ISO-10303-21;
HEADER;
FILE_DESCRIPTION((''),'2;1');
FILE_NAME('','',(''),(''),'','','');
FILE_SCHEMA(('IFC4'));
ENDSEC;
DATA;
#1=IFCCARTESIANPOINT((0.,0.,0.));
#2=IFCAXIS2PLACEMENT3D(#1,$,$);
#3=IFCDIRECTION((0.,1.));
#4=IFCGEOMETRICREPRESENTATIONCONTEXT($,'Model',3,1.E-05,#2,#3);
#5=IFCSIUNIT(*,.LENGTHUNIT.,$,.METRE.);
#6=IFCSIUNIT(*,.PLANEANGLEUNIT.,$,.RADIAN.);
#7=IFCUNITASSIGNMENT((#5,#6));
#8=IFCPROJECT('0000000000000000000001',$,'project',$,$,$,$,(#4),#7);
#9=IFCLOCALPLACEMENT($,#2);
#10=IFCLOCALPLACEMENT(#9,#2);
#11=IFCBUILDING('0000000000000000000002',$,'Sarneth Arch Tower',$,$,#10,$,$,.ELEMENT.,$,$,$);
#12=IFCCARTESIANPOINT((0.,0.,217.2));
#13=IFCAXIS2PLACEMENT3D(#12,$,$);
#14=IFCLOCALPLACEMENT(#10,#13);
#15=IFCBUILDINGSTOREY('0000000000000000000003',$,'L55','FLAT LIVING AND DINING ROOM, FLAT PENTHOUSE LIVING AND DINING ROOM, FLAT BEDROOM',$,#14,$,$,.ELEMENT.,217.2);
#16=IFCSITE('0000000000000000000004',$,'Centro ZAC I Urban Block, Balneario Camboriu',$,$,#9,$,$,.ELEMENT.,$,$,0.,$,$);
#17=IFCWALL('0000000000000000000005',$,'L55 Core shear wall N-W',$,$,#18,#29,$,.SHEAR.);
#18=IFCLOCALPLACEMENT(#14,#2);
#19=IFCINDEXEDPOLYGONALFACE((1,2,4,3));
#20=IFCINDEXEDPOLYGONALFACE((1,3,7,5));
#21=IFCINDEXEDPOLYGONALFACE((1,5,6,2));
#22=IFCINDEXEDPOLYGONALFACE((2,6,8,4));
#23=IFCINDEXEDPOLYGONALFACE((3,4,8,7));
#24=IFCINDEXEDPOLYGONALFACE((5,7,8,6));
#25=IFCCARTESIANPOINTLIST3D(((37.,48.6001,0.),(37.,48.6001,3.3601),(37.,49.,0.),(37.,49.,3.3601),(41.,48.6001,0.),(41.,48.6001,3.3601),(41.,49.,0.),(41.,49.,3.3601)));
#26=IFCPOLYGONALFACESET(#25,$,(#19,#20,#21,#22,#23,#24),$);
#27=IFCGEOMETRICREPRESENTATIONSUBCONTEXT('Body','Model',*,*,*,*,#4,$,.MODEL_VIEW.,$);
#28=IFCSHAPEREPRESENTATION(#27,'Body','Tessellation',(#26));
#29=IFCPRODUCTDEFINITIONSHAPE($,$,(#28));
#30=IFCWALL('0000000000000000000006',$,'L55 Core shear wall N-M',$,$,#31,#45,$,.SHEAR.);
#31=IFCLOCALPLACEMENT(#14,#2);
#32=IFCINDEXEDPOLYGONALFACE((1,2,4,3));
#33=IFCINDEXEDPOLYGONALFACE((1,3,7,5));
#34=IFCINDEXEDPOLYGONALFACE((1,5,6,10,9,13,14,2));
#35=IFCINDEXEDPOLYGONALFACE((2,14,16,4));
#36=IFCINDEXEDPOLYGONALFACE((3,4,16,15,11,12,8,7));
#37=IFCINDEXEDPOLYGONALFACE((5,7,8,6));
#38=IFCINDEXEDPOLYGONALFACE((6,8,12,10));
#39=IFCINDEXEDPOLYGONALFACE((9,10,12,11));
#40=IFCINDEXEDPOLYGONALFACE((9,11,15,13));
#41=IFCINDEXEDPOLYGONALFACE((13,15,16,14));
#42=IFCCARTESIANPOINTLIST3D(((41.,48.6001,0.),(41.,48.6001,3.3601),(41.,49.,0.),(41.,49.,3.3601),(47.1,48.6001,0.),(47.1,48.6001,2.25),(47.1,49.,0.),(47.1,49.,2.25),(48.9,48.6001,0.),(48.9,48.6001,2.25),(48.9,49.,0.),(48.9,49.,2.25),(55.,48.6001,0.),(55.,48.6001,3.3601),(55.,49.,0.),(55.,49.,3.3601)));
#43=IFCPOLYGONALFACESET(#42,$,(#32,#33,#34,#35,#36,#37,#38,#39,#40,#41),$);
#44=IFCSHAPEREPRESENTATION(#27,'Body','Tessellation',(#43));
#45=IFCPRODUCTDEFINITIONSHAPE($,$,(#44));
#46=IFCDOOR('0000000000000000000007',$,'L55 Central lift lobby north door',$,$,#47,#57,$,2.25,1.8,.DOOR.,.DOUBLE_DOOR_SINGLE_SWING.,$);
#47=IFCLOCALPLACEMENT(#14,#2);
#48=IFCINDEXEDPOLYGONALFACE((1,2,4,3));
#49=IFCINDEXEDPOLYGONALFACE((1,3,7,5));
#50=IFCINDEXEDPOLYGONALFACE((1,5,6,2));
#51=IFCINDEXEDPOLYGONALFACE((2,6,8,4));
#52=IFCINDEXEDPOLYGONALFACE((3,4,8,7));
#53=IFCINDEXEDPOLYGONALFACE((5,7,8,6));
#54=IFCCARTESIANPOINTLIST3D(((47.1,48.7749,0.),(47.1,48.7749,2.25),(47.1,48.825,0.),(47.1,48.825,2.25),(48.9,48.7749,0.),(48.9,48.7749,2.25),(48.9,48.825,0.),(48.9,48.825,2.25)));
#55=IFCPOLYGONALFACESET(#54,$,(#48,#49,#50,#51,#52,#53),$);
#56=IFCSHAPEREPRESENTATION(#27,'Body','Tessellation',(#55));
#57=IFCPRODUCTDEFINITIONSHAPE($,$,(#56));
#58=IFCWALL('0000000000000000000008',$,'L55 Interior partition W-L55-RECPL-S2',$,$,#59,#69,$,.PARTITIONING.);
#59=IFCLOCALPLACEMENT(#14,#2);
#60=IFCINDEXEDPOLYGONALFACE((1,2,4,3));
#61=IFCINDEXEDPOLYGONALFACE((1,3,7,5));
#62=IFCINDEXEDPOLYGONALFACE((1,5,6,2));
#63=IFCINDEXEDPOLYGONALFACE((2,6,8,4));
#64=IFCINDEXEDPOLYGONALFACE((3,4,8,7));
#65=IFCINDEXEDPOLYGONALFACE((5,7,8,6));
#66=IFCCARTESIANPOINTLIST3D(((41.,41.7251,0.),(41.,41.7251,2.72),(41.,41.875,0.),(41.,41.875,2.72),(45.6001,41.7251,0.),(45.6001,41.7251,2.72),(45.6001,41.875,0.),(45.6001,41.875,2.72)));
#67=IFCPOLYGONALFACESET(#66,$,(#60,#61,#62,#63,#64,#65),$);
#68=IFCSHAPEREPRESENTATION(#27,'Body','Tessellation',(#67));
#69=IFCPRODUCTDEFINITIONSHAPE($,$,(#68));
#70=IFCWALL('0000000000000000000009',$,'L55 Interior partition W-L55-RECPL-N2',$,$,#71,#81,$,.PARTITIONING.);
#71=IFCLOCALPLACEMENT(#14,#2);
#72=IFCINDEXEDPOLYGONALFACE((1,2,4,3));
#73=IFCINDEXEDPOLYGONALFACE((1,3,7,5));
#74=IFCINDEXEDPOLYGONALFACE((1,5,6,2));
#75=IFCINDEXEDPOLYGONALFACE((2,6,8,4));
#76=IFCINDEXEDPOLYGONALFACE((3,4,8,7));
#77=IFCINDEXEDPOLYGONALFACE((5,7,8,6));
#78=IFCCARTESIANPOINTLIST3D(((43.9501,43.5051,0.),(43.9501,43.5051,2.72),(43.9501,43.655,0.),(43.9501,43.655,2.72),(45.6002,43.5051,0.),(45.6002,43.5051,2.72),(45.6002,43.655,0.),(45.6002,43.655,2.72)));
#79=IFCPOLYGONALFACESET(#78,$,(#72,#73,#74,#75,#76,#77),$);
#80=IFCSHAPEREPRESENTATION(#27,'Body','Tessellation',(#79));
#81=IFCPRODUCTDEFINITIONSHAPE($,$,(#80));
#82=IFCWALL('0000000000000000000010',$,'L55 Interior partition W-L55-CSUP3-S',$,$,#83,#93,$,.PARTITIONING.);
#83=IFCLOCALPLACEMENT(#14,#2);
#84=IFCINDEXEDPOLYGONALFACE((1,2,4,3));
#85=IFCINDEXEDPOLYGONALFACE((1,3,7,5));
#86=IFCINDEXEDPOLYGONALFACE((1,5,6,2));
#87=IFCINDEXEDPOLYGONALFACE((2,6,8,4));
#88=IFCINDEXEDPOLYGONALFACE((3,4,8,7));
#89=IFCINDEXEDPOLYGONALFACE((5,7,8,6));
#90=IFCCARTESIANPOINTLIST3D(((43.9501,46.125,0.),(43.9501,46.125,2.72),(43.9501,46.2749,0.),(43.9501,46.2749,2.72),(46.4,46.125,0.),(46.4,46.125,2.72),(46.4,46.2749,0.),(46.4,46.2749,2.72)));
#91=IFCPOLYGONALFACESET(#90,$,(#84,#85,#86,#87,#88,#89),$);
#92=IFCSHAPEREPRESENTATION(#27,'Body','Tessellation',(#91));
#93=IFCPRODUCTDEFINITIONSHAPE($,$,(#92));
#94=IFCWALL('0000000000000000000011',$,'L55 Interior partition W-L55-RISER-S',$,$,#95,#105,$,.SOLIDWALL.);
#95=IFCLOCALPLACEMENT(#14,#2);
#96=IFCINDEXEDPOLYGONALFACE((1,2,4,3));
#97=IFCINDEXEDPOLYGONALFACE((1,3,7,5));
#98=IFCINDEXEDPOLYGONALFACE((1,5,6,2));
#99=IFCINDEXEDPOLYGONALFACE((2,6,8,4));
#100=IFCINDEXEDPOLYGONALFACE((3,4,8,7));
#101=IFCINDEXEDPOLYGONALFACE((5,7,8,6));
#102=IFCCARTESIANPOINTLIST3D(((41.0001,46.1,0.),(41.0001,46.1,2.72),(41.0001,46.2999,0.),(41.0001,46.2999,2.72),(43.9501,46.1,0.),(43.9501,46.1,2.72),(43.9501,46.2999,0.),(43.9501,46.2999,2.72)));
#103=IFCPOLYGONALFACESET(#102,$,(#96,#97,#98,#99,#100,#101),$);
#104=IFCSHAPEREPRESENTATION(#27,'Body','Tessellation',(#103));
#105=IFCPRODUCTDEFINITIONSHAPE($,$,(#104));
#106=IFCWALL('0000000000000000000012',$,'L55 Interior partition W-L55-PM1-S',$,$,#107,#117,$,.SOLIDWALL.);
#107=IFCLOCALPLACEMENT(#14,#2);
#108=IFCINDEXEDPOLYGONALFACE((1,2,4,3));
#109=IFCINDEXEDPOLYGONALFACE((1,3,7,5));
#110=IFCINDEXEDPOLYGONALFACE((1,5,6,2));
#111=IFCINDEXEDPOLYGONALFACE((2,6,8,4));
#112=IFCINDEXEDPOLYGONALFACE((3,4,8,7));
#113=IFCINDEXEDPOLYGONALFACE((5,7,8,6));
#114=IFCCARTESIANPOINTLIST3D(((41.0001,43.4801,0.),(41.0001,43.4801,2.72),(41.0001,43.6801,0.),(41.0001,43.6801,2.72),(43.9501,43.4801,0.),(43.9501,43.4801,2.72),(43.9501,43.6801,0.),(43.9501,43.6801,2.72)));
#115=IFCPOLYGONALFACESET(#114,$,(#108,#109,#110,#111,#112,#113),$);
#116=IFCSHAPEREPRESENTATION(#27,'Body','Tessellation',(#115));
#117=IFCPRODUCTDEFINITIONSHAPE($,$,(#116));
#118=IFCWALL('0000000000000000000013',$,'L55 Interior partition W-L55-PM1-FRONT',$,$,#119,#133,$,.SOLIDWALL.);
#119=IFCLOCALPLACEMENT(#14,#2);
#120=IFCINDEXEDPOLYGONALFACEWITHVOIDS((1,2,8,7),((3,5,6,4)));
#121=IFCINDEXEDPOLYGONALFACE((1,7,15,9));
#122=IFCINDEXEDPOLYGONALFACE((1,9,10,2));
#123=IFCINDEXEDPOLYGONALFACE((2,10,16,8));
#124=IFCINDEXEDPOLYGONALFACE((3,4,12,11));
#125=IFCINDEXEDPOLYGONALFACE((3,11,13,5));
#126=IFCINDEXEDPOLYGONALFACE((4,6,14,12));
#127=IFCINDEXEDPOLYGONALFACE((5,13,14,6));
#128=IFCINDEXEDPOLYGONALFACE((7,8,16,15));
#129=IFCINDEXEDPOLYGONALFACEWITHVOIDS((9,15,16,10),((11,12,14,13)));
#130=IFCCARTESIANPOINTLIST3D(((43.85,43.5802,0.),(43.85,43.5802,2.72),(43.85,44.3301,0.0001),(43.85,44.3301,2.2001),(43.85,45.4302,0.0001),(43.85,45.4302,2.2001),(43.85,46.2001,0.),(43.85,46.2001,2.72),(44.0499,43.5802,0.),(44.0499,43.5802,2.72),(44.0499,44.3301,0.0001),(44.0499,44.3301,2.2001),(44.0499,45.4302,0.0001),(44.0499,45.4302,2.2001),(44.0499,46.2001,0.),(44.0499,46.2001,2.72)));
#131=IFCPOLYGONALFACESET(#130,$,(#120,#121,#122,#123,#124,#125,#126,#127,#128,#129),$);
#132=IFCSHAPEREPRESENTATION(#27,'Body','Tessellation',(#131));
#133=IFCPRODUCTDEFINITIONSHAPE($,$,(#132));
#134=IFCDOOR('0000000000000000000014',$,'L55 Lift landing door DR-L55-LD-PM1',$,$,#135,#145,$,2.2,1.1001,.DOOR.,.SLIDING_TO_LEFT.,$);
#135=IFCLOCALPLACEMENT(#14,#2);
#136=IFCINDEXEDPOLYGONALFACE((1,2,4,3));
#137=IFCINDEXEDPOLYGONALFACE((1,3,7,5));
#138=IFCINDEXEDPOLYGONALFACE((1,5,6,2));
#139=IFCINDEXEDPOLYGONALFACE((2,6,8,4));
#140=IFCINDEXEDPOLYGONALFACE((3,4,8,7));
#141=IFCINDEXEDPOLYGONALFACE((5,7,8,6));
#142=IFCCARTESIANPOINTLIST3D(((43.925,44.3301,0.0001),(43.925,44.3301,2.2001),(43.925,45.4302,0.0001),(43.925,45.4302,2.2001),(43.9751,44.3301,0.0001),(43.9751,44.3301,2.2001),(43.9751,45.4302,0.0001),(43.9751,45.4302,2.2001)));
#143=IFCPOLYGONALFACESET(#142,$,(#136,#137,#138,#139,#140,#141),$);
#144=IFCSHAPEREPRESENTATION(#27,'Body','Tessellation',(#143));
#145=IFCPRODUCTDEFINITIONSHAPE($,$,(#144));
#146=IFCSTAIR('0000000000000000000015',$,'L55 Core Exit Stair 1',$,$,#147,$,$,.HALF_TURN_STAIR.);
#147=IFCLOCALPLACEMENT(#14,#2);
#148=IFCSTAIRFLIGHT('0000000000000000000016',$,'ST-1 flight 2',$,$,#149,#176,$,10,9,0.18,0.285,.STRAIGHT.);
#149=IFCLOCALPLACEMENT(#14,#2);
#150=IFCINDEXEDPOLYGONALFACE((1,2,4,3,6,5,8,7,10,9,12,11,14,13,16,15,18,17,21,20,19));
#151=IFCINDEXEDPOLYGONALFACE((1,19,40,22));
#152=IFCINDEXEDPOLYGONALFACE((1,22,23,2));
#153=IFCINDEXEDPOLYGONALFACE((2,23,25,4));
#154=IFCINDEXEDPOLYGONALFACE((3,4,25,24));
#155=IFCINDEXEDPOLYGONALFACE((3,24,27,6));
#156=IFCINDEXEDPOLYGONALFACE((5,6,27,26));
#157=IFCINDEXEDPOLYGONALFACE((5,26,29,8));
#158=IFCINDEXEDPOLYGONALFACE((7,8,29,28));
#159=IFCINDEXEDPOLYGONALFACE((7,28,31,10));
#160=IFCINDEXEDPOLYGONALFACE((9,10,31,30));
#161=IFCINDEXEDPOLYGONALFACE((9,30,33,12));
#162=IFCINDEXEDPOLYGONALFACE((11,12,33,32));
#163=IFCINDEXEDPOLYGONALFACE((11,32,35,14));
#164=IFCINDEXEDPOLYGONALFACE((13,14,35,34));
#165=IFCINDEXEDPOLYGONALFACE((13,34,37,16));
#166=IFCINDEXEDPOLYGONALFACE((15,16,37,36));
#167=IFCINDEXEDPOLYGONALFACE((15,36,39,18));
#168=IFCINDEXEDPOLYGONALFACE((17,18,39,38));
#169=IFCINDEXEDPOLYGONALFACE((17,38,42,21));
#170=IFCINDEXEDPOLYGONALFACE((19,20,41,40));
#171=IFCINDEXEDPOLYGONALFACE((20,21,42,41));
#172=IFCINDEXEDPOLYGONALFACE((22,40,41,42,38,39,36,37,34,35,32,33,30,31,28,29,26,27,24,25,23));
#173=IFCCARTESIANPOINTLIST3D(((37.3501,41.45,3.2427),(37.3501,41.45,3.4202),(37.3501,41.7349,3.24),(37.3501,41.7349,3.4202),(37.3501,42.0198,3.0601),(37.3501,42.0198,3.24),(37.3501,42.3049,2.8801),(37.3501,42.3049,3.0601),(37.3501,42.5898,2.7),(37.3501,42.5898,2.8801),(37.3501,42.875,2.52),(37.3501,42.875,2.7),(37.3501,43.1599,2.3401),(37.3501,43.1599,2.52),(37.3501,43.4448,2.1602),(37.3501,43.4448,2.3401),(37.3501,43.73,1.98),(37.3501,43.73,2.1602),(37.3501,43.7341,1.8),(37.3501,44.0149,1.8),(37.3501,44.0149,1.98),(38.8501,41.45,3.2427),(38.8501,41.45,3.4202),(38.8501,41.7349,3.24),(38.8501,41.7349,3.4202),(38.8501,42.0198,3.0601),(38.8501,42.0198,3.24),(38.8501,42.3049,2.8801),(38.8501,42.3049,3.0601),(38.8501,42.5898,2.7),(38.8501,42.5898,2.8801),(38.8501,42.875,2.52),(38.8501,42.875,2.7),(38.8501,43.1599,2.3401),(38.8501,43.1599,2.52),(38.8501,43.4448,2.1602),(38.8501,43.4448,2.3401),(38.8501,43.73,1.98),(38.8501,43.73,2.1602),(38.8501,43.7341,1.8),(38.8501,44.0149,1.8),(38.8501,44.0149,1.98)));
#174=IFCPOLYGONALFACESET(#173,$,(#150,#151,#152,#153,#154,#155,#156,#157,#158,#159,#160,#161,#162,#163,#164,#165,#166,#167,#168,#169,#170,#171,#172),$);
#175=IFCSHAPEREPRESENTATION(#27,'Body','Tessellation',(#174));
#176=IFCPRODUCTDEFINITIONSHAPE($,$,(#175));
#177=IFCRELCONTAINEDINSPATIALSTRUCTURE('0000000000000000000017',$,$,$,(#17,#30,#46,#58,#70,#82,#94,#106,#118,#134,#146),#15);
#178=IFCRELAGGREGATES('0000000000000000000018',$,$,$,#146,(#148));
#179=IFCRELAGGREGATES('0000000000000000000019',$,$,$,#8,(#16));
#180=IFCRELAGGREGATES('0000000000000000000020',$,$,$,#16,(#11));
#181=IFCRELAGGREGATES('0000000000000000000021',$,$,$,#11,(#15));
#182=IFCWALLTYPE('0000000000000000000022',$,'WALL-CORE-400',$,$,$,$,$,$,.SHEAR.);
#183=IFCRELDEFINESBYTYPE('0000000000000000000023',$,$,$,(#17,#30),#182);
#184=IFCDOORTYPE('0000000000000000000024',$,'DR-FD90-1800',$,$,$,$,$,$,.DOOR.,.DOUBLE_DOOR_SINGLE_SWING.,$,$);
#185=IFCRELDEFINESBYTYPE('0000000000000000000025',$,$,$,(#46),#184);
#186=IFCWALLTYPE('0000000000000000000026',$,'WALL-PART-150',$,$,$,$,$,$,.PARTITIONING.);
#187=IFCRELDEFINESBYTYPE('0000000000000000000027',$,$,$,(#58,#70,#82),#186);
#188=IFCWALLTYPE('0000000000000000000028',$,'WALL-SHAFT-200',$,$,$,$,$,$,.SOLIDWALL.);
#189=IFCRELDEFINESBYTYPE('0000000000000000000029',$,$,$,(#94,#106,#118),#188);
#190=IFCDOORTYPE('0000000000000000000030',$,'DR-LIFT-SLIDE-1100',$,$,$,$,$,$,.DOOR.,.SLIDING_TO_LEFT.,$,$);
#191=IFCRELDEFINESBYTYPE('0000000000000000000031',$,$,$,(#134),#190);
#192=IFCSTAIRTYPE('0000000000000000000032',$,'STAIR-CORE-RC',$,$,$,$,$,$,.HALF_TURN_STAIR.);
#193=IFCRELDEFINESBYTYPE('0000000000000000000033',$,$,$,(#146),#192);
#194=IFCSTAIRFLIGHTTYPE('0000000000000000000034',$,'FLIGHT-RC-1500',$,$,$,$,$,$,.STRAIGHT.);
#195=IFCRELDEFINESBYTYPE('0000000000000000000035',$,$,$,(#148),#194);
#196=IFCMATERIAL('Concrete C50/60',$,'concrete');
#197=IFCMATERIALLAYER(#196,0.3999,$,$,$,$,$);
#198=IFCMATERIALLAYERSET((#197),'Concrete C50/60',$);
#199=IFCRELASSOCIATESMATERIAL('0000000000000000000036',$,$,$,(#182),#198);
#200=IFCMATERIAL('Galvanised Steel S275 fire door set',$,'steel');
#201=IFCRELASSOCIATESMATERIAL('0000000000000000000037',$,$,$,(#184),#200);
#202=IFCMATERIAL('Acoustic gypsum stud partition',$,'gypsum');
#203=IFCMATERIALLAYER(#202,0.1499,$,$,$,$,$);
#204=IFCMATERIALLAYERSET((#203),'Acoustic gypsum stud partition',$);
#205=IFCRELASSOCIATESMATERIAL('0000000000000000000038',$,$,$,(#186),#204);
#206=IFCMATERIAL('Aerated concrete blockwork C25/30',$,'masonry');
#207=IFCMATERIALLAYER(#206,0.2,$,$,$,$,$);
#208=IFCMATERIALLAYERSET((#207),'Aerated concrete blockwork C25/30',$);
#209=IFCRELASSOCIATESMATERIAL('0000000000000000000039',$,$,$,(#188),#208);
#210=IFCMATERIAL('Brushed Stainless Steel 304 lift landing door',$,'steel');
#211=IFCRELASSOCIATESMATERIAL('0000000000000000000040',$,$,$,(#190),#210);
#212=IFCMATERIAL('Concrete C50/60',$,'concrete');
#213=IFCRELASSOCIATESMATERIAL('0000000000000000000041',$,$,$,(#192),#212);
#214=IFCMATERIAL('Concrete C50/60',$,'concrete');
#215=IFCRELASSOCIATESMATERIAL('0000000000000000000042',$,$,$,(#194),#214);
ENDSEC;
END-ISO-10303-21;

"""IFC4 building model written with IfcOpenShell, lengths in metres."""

from ifc_helpers import new_model, si_unit, direction, frame, frame_2d, origin, place, context, subcontext, project, spatial, polyline, rectangle, outline, extrude, material, layer, layer_set, type_object, element, fill, aggregate, save


model = new_model("IFC4")

# Units and contexts
model_context = context("Model", 3, precision=1e-05, world=origin(), true_north=direction((0.0, 1.0)))
body_context = subcontext(model_context, "Body", "Model", "MODEL_VIEW")
ifc_project = project(units=[si_unit("LENGTHUNIT", "METRE"), si_unit("PLANEANGLEUNIT", "RADIAN")], contexts=[model_context])

# Site, building, storey
site_placement = place(None, origin())
site = spatial("IfcSite", under=ifc_project, at=site_placement, Name="Centro ZAC I Urban Block, Balneario Camboriu", CompositionType="ELEMENT", RefElevation=0.0)
building_placement = place(site_placement, origin())
building = spatial("IfcBuilding", under=site, at=building_placement, Name="Sarneth Arch Tower", CompositionType="ELEMENT")
storey_placement = place(building_placement, frame((0.0, 0.0, 217.2)))
storey = spatial("IfcBuildingStorey", under=building, at=storey_placement, Name="L55", Description="FLAT LIVING AND DINING ROOM, FLAT PENTHOUSE LIVING AND DINING ROOM, FLAT BEDROOM", CompositionType="ELEMENT", Elevation=217.2)

# Wall
ifc_material_1 = material(Name="Concrete C50/60", Category="concrete")
ifc_layer_1 = layer(ifc_material_1, 0.3999)
ifc_layer_set_1 = layer_set([ifc_layer_1], Name="Concrete C50/60")
wall_type_1 = type_object("IfcWallType", Name="WALL-CORE-400", PredefinedType="SHEAR", material=ifc_layer_set_1)
wall_1_placement = place(storey_placement, frame((37.0, 48.8, 0.0), z_axis=(0.0, 0.0, 1.0), x_axis=(1.0, 0.0, 0.0)))
element("IfcWall", 1, at=wall_1_placement, inside=storey, type_object=wall_type_1, Name="L55 Core shear wall N-W", PredefinedType="SHEAR", context=body_context, shape_type="SweptSolid", body=[
    extrude(rectangle(XDim=4.0, YDim=0.3999, at=frame_2d((2.0, 0.0))), origin(), (0.0, 0.0, 1.0), 3.3601),
])

# Wall, opening, door
wall_2_placement = place(storey_placement, frame((41.0, 48.8, 0.0), z_axis=(0.0, 0.0, 1.0), x_axis=(1.0, 0.0, 0.0)))
wall_2 = element("IfcWall", 2, at=wall_2_placement, inside=storey, type_object=wall_type_1, Name="L55 Core shear wall N-M", PredefinedType="SHEAR", context=body_context, shape_type="SweptSolid", body=[
    extrude(rectangle(XDim=14.0, YDim=0.3999, at=frame_2d((7.0, 0.0))), origin(), (0.0, 0.0, 1.0), 3.3601),
])
opening_1_placement = place(wall_2_placement, frame((6.1001, 0.0, 0.0)))
opening_1 = element("IfcOpeningElement", 3, at=opening_1_placement, cuts=wall_2, PredefinedType="OPENING", context=body_context, shape_type="SweptSolid", body=[
    extrude(rectangle(XDim=1.8, YDim=2.25, at=frame_2d((0.8999, 1.125))), frame((0.0, 0.21, 0.0), z_axis=(0.0, -1.0, 0.0), x_axis=(1.0, 0.0, 0.0)), (0.0, 0.0, 1.0), 0.4199),
])
ifc_material_2 = material(Name="Galvanised Steel S275 fire door set", Category="steel")
door_type_1 = type_object("IfcDoorType", Name="DR-FD90-1800", OperationType="DOUBLE_DOOR_SINGLE_SWING", PredefinedType="DOOR", material=ifc_material_2)
door_1_placement = place(opening_1_placement, origin())
door_1 = element("IfcDoor", 4, at=door_1_placement, inside=storey, type_object=door_type_1, Name="L55 Central lift lobby north door", OperationType="DOUBLE_DOOR_SINGLE_SWING", OverallHeight=2.25, OverallWidth=1.8, PredefinedType="DOOR", context=body_context, shape_type="SweptSolid", body=[
    extrude(rectangle(XDim=1.8, YDim=2.25, at=frame_2d((0.8999, 1.125))), frame((0.0, 0.0249, 0.0), z_axis=(0.0, -1.0, 0.0), x_axis=(1.0, 0.0, 0.0)), (0.0, 0.0, 1.0), 0.05),
])
fill(opening_1, door_1)

# Walls
ifc_material_3 = material(Name="Acoustic gypsum stud partition", Category="gypsum")
ifc_layer_2 = layer(ifc_material_3, 0.1499)
ifc_layer_set_2 = layer_set([ifc_layer_2], Name="Acoustic gypsum stud partition")
wall_type_2 = type_object("IfcWallType", Name="WALL-PART-150", PredefinedType="PARTITIONING", material=ifc_layer_set_2)
wall_3_placement = place(storey_placement, frame((41.0, 41.8, 0.0), z_axis=(0.0, 0.0, 1.0), x_axis=(1.0, 0.0, 0.0)))
element("IfcWall", 5, at=wall_3_placement, inside=storey, type_object=wall_type_2, Name="L55 Interior partition W-L55-RECPL-S2", PredefinedType="PARTITIONING", context=body_context, shape_type="SweptSolid", body=[
    extrude(rectangle(XDim=4.6001, YDim=0.1499, at=frame_2d((2.3, 0.0))), origin(), (0.0, 0.0, 1.0), 2.72),
])
wall_4_placement = place(storey_placement, frame((43.95, 43.5801, 0.0), z_axis=(0.0, 0.0, 1.0), x_axis=(1.0, 0.0, 0.0)))
element("IfcWall", 6, at=wall_4_placement, inside=storey, type_object=wall_type_2, Name="L55 Interior partition W-L55-RECPL-N2", PredefinedType="PARTITIONING", context=body_context, shape_type="SweptSolid", body=[
    extrude(rectangle(XDim=1.6501, YDim=0.1499, at=frame_2d((0.8252, 0.0))), origin(), (0.0, 0.0, 1.0), 2.72),
])

# Wall
wall_5_placement = place(storey_placement, frame((43.95, 46.2, 0.0), z_axis=(0.0, 0.0, 1.0), x_axis=(1.0, 0.0, 0.0)))
element("IfcWall", 7, at=wall_5_placement, inside=storey, type_object=wall_type_2, Name="L55 Interior partition W-L55-CSUP3-S", PredefinedType="PARTITIONING", context=body_context, shape_type="SweptSolid", body=[
    extrude(rectangle(XDim=2.45, YDim=0.1499, at=frame_2d((1.2251, 0.0))), origin(), (0.0, 0.0, 1.0), 2.72),
])

# Wall
ifc_material_4 = material(Name="Aerated concrete blockwork C25/30", Category="masonry")
ifc_layer_3 = layer(ifc_material_4, 0.2)
ifc_layer_set_3 = layer_set([ifc_layer_3], Name="Aerated concrete blockwork C25/30")
wall_type_3 = type_object("IfcWallType", Name="WALL-SHAFT-200", PredefinedType="SOLIDWALL", material=ifc_layer_set_3)
wall_6_placement = place(storey_placement, frame((41.0, 46.2, 0.0), z_axis=(0.0, 0.0, 1.0), x_axis=(1.0, 0.0, 0.0)))
element("IfcWall", 8, at=wall_6_placement, inside=storey, type_object=wall_type_3, Name="L55 Interior partition W-L55-RISER-S", PredefinedType="SOLIDWALL", context=body_context, shape_type="SweptSolid", body=[
    extrude(rectangle(XDim=2.95, YDim=0.2, at=frame_2d((1.4751, 0.0))), origin(), (0.0, 0.0, 1.0), 2.72),
])

# Wall
wall_7_placement = place(storey_placement, frame((41.0, 43.5801, 0.0), z_axis=(0.0, 0.0, 1.0), x_axis=(1.0, 0.0, 0.0)))
element("IfcWall", 9, at=wall_7_placement, inside=storey, type_object=wall_type_3, Name="L55 Interior partition W-L55-PM1-S", PredefinedType="SOLIDWALL", context=body_context, shape_type="SweptSolid", body=[
    extrude(rectangle(XDim=2.95, YDim=0.2, at=frame_2d((1.4751, 0.0))), origin(), (0.0, 0.0, 1.0), 2.72),
])

# Wall, opening, door
wall_8_placement = place(storey_placement, frame((43.95, 43.5801, 0.0), z_axis=(0.0, 0.0, 1.0), x_axis=(0.0, 1.0, 0.0)))
wall_8 = element("IfcWall", 10, at=wall_8_placement, inside=storey, type_object=wall_type_3, Name="L55 Interior partition W-L55-PM1-FRONT", PredefinedType="SOLIDWALL", context=body_context, shape_type="SweptSolid", body=[
    extrude(rectangle(XDim=2.6199, YDim=0.2, at=frame_2d((1.3101, 0.0))), origin(), (0.0, 0.0, 1.0), 2.72),
])
opening_2_placement = place(wall_8_placement, frame((0.75, 0.0, 0.0)))
opening_2 = element("IfcOpeningElement", 11, at=opening_2_placement, cuts=wall_8, PredefinedType="OPENING", context=body_context, shape_type="SweptSolid", body=[
    extrude(rectangle(XDim=1.1001, YDim=2.2, at=frame_2d((0.55, 1.1001))), frame((0.0, 0.1099, 0.0), z_axis=(0.0, -1.0, 0.0), x_axis=(1.0, 0.0, 0.0)), (0.0, 0.0, 1.0), 0.22),
])
ifc_material_5 = material(Name="Brushed Stainless Steel 304 lift landing door", Category="steel")
door_type_2 = type_object("IfcDoorType", Name="DR-LIFT-SLIDE-1100", OperationType="SLIDING_TO_LEFT", PredefinedType="DOOR", material=ifc_material_5)
door_2_placement = place(opening_2_placement, origin())
door_2 = element("IfcDoor", 12, at=door_2_placement, inside=storey, type_object=door_type_2, Name="L55 Lift landing door DR-L55-LD-PM1", OperationType="SLIDING_TO_LEFT", OverallHeight=2.2, OverallWidth=1.1001, PredefinedType="DOOR", context=body_context, shape_type="SweptSolid", body=[
    extrude(rectangle(XDim=1.1001, YDim=2.2, at=frame_2d((0.55, 1.1001))), frame((0.0, 0.0249, 0.0), z_axis=(0.0, -1.0, 0.0), x_axis=(1.0, 0.0, 0.0)), (0.0, 0.0, 1.0), 0.05),
])
fill(opening_2, door_2)

# Stair, stair flight
ifc_material_6 = material(Name="Concrete C50/60", Category="concrete")
stair_type = type_object("IfcStairType", Name="STAIR-CORE-RC", PredefinedType="HALF_TURN_STAIR", material=ifc_material_6)
stair_placement = place(storey_placement, origin())
stair = element("IfcStair", 13, at=stair_placement, inside=storey, type_object=stair_type, Name="L55 Core Exit Stair 1", PredefinedType="HALF_TURN_STAIR")
ifc_material_7 = material(Name="Concrete C50/60", Category="concrete")
stair_flight_type = type_object("IfcStairFlightType", Name="FLIGHT-RC-1500", PredefinedType="STRAIGHT", material=ifc_material_7)
stair_flight_placement = place(storey_placement, frame((38.1001, 44.0149, 1.8), z_axis=(0.0, 0.0, 1.0), x_axis=(0.0, -1.0, 0.0)))
stair_flight = element("IfcStairFlight", 14, at=stair_flight_placement, type_object=stair_flight_type, Name="ST-1 flight 2", NumberOfRisers=10, NumberOfTreads=9, PredefinedType="STRAIGHT", RiserHeight=0.18, TreadLength=0.285, context=body_context, shape_type="SweptSolid", body=[
    extrude(outline(polyline([(0.0, 0.0), (0.0, 0.1799), (0.2849, 0.1799), (0.2849, 0.3601), (0.5701, 0.3601), (0.5701, 0.54), (0.855, 0.54), (0.855, 0.72), (1.1399, 0.72), (1.1399, 0.8999), (1.425, 0.8999), (1.425, 1.0801), (1.71, 1.0801), (1.71, 1.26), (1.9951, 1.26), (1.9951, 1.4399), (2.28, 1.4399), (2.28, 1.6201), (2.5649, 1.6201), (2.5649, 1.8), (2.5649, 1.4426), (0.2808, 0.0), (0.0, 0.0)])), frame((0.0, 0.75, 0.0), z_axis=(0.0, -1.0, 0.0), x_axis=(1.0, 0.0, 0.0)), (0.0, 0.0, 1.0), 1.5),
])
aggregate(stair, [stair_flight])

save(model, "model.ifc")
